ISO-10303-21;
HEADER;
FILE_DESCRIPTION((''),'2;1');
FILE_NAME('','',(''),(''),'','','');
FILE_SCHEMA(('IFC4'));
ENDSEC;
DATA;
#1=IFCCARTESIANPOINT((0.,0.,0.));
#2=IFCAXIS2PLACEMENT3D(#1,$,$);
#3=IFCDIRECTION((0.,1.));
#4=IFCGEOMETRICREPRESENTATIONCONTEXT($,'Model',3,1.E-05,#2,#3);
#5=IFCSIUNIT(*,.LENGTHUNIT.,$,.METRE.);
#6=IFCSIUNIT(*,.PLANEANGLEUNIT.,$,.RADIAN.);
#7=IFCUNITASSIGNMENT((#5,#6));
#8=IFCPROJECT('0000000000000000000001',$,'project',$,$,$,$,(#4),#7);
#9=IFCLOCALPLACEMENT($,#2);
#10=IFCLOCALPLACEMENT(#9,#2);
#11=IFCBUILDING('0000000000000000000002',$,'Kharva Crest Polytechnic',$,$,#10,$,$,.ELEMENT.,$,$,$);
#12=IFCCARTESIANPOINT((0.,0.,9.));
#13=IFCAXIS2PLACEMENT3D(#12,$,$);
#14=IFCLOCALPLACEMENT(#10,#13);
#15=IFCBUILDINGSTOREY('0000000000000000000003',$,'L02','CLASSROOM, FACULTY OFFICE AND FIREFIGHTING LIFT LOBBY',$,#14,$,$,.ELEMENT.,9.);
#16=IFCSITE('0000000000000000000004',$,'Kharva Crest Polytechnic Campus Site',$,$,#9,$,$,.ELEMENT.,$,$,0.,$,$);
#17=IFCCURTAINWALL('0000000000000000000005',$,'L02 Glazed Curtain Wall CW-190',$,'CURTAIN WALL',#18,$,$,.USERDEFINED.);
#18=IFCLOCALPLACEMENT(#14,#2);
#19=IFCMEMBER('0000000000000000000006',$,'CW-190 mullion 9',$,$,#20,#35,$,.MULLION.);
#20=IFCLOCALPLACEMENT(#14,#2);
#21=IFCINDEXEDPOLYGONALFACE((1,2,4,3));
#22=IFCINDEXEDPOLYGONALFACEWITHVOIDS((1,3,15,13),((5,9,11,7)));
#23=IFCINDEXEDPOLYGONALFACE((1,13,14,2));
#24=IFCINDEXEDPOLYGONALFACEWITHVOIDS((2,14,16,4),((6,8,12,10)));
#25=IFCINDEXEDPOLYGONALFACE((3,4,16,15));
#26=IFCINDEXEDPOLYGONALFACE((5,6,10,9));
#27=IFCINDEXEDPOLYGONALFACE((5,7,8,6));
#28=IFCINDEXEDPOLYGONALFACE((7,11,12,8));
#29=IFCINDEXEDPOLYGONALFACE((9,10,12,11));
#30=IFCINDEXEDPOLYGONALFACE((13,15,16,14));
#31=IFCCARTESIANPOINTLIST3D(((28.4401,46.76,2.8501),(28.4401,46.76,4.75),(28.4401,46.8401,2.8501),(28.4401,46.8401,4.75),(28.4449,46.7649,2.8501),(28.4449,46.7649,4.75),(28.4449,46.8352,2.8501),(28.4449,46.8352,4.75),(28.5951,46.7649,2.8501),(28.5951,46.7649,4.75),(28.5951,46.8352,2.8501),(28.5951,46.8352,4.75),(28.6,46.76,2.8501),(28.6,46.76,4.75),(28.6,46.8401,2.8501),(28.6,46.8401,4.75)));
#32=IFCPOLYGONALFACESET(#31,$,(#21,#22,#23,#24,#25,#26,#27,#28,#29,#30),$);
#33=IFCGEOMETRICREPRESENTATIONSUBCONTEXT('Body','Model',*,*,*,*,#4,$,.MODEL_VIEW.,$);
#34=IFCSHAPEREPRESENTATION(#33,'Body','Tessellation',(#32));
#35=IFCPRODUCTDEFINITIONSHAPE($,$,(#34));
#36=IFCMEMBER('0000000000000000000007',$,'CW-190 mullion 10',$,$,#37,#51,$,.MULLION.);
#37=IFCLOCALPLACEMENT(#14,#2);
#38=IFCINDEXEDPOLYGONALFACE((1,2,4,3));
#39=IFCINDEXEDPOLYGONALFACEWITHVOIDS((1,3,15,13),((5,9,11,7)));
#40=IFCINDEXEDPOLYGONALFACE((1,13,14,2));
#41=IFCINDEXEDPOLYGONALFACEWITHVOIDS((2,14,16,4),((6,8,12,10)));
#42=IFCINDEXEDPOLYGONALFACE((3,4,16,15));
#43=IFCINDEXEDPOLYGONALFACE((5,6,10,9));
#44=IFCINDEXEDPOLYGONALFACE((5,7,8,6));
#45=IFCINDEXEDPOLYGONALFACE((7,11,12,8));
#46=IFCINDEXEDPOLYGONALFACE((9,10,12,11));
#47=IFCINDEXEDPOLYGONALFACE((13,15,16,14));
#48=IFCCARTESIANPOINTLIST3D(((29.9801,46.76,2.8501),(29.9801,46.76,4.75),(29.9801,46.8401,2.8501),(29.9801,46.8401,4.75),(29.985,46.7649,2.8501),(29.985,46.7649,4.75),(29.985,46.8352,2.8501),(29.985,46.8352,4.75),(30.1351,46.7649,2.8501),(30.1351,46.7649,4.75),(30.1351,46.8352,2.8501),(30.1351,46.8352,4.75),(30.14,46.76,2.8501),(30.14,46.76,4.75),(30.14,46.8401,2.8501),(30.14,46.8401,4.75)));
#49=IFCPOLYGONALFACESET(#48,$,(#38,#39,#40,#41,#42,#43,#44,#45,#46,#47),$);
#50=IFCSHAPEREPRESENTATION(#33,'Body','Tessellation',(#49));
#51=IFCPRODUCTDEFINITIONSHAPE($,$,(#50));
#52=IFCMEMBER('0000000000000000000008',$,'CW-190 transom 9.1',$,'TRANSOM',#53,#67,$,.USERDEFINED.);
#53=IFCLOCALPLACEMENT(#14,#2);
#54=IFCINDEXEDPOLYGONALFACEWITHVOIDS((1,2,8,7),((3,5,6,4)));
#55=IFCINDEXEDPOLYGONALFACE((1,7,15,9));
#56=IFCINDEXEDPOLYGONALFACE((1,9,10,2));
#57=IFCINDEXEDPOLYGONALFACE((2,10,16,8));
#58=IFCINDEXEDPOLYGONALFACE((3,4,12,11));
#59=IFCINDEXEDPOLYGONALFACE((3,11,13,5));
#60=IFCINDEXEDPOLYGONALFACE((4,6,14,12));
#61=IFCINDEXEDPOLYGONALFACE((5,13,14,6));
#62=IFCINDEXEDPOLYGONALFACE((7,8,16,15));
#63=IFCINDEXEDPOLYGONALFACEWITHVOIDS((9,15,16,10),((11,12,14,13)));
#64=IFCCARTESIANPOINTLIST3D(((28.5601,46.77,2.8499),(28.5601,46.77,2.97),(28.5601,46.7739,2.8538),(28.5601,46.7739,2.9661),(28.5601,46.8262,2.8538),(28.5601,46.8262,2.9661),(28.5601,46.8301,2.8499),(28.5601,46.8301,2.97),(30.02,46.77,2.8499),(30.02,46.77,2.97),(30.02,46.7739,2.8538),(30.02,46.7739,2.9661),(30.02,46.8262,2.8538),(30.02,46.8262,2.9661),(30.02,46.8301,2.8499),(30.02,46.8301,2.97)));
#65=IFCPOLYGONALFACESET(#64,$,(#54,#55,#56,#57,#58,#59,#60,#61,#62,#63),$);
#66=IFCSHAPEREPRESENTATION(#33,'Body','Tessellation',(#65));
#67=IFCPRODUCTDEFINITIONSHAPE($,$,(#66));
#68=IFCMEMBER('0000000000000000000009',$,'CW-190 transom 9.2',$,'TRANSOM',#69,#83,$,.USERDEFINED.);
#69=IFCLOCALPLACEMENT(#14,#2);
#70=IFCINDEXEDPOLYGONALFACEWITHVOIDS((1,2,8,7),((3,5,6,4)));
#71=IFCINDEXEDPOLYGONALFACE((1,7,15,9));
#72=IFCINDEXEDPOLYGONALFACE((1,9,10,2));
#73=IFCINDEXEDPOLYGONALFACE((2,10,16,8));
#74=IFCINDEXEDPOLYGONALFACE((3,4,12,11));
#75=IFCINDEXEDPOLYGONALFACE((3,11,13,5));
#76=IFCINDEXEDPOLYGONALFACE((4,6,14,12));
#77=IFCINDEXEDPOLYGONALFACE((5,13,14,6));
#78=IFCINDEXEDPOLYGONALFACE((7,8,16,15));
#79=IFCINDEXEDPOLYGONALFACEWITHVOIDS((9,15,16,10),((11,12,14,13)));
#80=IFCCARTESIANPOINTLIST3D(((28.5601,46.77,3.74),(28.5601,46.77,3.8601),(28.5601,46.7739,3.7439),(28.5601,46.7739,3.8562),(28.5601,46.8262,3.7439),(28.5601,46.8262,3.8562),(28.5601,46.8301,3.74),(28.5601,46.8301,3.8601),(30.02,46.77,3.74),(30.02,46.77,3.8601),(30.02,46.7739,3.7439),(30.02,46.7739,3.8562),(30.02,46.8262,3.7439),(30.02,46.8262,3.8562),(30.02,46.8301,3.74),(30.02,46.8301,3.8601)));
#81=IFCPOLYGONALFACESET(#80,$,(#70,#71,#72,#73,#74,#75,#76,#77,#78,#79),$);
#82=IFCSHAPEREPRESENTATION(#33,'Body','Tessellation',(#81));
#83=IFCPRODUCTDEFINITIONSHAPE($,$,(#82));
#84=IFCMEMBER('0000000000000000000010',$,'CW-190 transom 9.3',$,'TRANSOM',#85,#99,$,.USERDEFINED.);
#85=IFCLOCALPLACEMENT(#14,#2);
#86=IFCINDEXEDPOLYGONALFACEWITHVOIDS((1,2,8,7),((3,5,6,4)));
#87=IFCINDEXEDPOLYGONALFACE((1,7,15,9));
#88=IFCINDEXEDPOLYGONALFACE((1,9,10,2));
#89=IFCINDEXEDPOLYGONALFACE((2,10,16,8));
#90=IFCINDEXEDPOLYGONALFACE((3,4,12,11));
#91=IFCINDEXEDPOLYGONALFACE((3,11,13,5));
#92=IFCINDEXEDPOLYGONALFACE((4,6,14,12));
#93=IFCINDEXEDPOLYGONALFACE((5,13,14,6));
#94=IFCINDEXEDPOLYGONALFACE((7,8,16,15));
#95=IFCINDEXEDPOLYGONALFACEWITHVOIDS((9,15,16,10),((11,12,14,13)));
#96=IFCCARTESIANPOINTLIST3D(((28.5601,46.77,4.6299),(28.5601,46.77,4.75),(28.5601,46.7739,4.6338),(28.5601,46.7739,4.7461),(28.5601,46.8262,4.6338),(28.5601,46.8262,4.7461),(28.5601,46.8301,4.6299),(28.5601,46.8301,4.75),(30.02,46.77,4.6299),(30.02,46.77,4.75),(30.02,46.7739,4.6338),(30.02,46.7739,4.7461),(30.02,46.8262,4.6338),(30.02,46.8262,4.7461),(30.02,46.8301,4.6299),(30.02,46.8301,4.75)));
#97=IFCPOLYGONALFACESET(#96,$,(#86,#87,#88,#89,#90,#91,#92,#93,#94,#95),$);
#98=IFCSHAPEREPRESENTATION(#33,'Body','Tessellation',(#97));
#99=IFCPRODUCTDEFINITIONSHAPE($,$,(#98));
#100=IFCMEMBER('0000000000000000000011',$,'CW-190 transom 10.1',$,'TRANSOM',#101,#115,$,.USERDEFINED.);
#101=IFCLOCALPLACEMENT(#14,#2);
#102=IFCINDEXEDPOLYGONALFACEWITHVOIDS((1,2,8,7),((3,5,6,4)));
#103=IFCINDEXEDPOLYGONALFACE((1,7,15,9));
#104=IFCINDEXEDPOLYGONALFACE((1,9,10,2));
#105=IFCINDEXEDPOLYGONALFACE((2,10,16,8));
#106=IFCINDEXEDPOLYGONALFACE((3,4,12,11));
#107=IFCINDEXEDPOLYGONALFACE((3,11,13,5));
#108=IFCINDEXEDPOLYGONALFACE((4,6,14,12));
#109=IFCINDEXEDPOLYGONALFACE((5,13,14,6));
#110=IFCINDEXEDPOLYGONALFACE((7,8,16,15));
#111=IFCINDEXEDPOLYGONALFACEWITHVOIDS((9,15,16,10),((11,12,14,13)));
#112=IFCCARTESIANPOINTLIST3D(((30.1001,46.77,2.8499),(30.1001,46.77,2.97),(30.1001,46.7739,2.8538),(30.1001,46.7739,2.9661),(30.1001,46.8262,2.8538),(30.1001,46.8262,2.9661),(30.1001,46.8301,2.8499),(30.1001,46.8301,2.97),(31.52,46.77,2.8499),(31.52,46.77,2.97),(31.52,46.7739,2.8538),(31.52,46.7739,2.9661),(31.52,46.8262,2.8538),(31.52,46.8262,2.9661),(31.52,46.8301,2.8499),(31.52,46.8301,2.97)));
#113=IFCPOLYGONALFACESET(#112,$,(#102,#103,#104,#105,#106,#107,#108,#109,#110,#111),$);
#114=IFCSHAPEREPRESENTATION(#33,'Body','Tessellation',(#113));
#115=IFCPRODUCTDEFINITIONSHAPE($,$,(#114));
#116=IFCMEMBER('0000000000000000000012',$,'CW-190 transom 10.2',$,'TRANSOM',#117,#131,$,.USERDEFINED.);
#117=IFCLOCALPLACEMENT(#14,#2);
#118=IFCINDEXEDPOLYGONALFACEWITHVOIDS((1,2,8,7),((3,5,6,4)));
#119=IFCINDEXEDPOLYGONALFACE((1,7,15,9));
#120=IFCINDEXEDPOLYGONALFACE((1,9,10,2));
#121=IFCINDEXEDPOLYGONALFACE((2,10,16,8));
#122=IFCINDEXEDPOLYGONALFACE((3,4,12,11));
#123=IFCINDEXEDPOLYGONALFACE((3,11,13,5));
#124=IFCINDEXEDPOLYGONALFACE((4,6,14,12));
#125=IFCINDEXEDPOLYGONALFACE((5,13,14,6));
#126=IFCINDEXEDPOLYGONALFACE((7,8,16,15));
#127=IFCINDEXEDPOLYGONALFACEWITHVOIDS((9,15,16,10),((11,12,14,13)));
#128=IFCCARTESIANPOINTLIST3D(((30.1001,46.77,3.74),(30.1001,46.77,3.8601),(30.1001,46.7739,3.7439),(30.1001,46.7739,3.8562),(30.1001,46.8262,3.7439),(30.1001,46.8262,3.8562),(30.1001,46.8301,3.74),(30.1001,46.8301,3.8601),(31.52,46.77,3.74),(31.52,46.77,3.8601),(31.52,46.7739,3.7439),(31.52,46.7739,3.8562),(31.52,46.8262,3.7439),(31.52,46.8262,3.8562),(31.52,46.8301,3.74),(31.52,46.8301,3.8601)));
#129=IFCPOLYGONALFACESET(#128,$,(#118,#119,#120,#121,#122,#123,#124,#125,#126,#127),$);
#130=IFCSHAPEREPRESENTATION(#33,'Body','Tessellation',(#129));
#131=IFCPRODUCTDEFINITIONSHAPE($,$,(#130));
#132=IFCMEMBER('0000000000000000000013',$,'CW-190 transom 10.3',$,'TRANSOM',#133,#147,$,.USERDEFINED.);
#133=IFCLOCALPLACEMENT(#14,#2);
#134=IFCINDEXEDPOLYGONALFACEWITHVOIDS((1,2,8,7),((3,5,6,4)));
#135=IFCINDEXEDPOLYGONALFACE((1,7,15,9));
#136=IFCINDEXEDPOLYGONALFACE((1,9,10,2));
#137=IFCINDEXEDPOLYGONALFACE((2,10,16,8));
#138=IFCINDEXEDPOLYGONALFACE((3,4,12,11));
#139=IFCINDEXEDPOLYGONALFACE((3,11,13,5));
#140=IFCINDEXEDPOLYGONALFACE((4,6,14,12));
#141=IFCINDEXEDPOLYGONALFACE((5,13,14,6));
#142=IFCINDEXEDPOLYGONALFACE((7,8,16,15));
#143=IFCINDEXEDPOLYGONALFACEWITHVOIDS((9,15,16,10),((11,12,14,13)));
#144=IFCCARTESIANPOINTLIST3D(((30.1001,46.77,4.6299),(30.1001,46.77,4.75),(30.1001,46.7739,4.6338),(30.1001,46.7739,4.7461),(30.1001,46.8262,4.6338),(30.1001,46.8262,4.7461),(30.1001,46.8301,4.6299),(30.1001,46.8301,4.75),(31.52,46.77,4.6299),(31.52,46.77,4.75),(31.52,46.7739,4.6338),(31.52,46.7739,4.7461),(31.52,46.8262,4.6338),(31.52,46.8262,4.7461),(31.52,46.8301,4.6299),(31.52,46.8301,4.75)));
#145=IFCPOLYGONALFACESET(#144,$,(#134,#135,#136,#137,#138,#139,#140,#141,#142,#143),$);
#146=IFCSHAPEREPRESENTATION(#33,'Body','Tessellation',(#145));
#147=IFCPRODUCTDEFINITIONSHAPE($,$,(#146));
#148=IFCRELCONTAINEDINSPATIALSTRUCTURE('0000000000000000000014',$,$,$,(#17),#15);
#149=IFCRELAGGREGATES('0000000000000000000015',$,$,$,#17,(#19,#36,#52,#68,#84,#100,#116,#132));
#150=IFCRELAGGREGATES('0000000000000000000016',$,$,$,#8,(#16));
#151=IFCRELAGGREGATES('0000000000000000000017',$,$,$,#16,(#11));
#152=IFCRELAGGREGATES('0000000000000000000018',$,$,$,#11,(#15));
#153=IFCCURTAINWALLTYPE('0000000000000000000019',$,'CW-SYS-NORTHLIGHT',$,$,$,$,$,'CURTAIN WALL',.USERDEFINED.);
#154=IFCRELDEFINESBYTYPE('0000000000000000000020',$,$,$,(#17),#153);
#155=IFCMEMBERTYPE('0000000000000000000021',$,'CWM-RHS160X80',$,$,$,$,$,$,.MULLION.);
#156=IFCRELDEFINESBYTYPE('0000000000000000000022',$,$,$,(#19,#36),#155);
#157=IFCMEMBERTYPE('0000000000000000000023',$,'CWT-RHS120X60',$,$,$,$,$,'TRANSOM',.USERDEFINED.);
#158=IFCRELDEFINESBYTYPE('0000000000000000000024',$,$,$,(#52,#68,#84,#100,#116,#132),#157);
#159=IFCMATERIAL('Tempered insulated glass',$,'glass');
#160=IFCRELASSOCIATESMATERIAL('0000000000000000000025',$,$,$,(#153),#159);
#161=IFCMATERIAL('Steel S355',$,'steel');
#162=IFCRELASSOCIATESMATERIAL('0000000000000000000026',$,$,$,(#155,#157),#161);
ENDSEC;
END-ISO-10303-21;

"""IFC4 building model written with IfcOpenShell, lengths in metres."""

from ifc_helpers import new_model, si_unit, direction, frame, origin, origin_2d, place, context, subcontext, project, spatial, hollow_rectangle, extrude, material, material_profile, profile_set, type_object, element, aggregate, save


model = new_model("IFC4")

# Units and contexts
model_context = context("Model", 3, precision=1e-05, world=origin(), true_north=direction((0.0, 1.0)))
body_context = subcontext(model_context, "Body", "Model", "MODEL_VIEW")
ifc_project = project(units=[si_unit("LENGTHUNIT", "METRE"), si_unit("PLANEANGLEUNIT", "RADIAN")], contexts=[model_context])

# Site, building, storey
site_placement = place(None, origin())
site = spatial("IfcSite", under=ifc_project, at=site_placement, Name="Kharva Crest Polytechnic Campus Site", CompositionType="ELEMENT", RefElevation=0.0)
building_placement = place(site_placement, origin())
building = spatial("IfcBuilding", under=site, at=building_placement, Name="Kharva Crest Polytechnic", CompositionType="ELEMENT")
storey_placement = place(building_placement, frame((0.0, 0.0, 9.0)))
storey = spatial("IfcBuildingStorey", under=building, at=storey_placement, Name="L02", Description="CLASSROOM, FACULTY OFFICE AND FIREFIGHTING LIFT LOBBY", CompositionType="ELEMENT", Elevation=9.0)

# Curtain wall, members
ifc_material_1 = material(Name="Tempered insulated glass", Category="glass")
curtain_wall_type = type_object("IfcCurtainWallType", Name="CW-SYS-NORTHLIGHT", ElementType="CURTAIN WALL", PredefinedType="USERDEFINED", material=ifc_material_1)
curtain_wall_placement = place(storey_placement, origin())
curtain_wall = element("IfcCurtainWall", 1, at=curtain_wall_placement, inside=storey, type_object=curtain_wall_type, Name="L02 Glazed Curtain Wall CW-190", ObjectType="CURTAIN WALL", PredefinedType="USERDEFINED")
ifc_material_2 = material(Name="Steel S355", Category="steel")
ifc_material_profile_1 = material_profile(ifc_material_2, hollow_rectangle(XDim=0.0801, YDim=0.1599, WallThickness=0.0049, at=origin_2d()), Name="RHS 160X80X5.0")
ifc_profile_set_1 = profile_set([ifc_material_profile_1], Name="Steel S355")
member_type_1 = type_object("IfcMemberType", Name="CWM-RHS160X80", PredefinedType="MULLION", material=ifc_profile_set_1)
member_1_placement = place(storey_placement, frame((28.52, 46.8, 2.8501), z_axis=(0.0, 0.0, 1.0), x_axis=(0.0, 1.0, 0.0)))
member_1 = element("IfcMember", 2, at=member_1_placement, type_object=member_type_1, Name="CW-190 mullion 9", PredefinedType="MULLION", context=body_context, shape_type="SweptSolid", body=[
    extrude(hollow_rectangle(XDim=0.0801, YDim=0.1599, WallThickness=0.0049, at=origin_2d()), origin(), (0.0, 0.0, 1.0), 1.8999),
])
member_2_placement = place(storey_placement, frame((30.0601, 46.8, 2.8501), z_axis=(0.0, 0.0, 1.0), x_axis=(0.0, 1.0, 0.0)))
member_2 = element("IfcMember", 3, at=member_2_placement, type_object=member_type_1, Name="CW-190 mullion 10", PredefinedType="MULLION", context=body_context, shape_type="SweptSolid", body=[
    extrude(hollow_rectangle(XDim=0.0801, YDim=0.1599, WallThickness=0.0049, at=origin_2d()), origin(), (0.0, 0.0, 1.0), 1.8999),
])
ifc_material_profile_2 = material_profile(ifc_material_2, hollow_rectangle(XDim=0.0601, YDim=0.1201, WallThickness=0.0039, at=origin_2d()), Name="RHS 120X60X4.0")
ifc_profile_set_2 = profile_set([ifc_material_profile_2], Name="Steel S355")
member_type_2 = type_object("IfcMemberType", Name="CWT-RHS120X60", ElementType="TRANSOM", PredefinedType="USERDEFINED", material=ifc_profile_set_2)
member_3_placement = place(storey_placement, frame((28.5601, 46.8, 2.9099), z_axis=(1.0, 0.0, 0.0), x_axis=(0.0, 1.0, 0.0)))
member_3 = element("IfcMember", 4, at=member_3_placement, type_object=member_type_2, Name="CW-190 transom 9.1", ObjectType="TRANSOM", PredefinedType="USERDEFINED", context=body_context, shape_type="SweptSolid", body=[
    extrude(hollow_rectangle(XDim=0.0601, YDim=0.1201, WallThickness=0.0039, at=origin_2d()), origin(), (0.0, 0.0, 1.0), 1.46),
])
member_4_placement = place(storey_placement, frame((28.5601, 46.8, 3.8), z_axis=(1.0, 0.0, 0.0), x_axis=(0.0, 1.0, 0.0)))
member_4 = element("IfcMember", 5, at=member_4_placement, type_object=member_type_2, Name="CW-190 transom 9.2", ObjectType="TRANSOM", PredefinedType="USERDEFINED", context=body_context, shape_type="SweptSolid", body=[
    extrude(hollow_rectangle(XDim=0.0601, YDim=0.1201, WallThickness=0.0039, at=origin_2d()), origin(), (0.0, 0.0, 1.0), 1.46),
])
member_5_placement = place(storey_placement, frame((28.5601, 46.8, 4.6899), z_axis=(1.0, 0.0, 0.0), x_axis=(0.0, 1.0, 0.0)))
member_5 = element("IfcMember", 6, at=member_5_placement, type_object=member_type_2, Name="CW-190 transom 9.3", ObjectType="TRANSOM", PredefinedType="USERDEFINED", context=body_context, shape_type="SweptSolid", body=[
    extrude(hollow_rectangle(XDim=0.0601, YDim=0.1201, WallThickness=0.0039, at=origin_2d()), origin(), (0.0, 0.0, 1.0), 1.46),
])
member_6_placement = place(storey_placement, frame((30.1001, 46.8, 2.9099), z_axis=(1.0, 0.0, 0.0), x_axis=(0.0, 1.0, 0.0)))
member_6 = element("IfcMember", 7, at=member_6_placement, type_object=member_type_2, Name="CW-190 transom 10.1", ObjectType="TRANSOM", PredefinedType="USERDEFINED", context=body_context, shape_type="SweptSolid", body=[
    extrude(hollow_rectangle(XDim=0.0601, YDim=0.1201, WallThickness=0.0039, at=origin_2d()), origin(), (0.0, 0.0, 1.0), 1.4199),
])
member_7_placement = place(storey_placement, frame((30.1001, 46.8, 3.8), z_axis=(1.0, 0.0, 0.0), x_axis=(0.0, 1.0, 0.0)))
member_7 = element("IfcMember", 8, at=member_7_placement, type_object=member_type_2, Name="CW-190 transom 10.2", ObjectType="TRANSOM", PredefinedType="USERDEFINED", context=body_context, shape_type="SweptSolid", body=[
    extrude(hollow_rectangle(XDim=0.0601, YDim=0.1201, WallThickness=0.0039, at=origin_2d()), origin(), (0.0, 0.0, 1.0), 1.4199),
])
member_8_placement = place(storey_placement, frame((30.1001, 46.8, 4.6899), z_axis=(1.0, 0.0, 0.0), x_axis=(0.0, 1.0, 0.0)))
member_8 = element("IfcMember", 9, at=member_8_placement, type_object=member_type_2, Name="CW-190 transom 10.3", ObjectType="TRANSOM", PredefinedType="USERDEFINED", context=body_context, shape_type="SweptSolid", body=[
    extrude(hollow_rectangle(XDim=0.0601, YDim=0.1201, WallThickness=0.0039, at=origin_2d()), origin(), (0.0, 0.0, 1.0), 1.4199),
])

aggregate(curtain_wall, [member_1, member_2, member_3, member_4, member_5, member_6, member_7, member_8])

save(model, "model.ifc")
